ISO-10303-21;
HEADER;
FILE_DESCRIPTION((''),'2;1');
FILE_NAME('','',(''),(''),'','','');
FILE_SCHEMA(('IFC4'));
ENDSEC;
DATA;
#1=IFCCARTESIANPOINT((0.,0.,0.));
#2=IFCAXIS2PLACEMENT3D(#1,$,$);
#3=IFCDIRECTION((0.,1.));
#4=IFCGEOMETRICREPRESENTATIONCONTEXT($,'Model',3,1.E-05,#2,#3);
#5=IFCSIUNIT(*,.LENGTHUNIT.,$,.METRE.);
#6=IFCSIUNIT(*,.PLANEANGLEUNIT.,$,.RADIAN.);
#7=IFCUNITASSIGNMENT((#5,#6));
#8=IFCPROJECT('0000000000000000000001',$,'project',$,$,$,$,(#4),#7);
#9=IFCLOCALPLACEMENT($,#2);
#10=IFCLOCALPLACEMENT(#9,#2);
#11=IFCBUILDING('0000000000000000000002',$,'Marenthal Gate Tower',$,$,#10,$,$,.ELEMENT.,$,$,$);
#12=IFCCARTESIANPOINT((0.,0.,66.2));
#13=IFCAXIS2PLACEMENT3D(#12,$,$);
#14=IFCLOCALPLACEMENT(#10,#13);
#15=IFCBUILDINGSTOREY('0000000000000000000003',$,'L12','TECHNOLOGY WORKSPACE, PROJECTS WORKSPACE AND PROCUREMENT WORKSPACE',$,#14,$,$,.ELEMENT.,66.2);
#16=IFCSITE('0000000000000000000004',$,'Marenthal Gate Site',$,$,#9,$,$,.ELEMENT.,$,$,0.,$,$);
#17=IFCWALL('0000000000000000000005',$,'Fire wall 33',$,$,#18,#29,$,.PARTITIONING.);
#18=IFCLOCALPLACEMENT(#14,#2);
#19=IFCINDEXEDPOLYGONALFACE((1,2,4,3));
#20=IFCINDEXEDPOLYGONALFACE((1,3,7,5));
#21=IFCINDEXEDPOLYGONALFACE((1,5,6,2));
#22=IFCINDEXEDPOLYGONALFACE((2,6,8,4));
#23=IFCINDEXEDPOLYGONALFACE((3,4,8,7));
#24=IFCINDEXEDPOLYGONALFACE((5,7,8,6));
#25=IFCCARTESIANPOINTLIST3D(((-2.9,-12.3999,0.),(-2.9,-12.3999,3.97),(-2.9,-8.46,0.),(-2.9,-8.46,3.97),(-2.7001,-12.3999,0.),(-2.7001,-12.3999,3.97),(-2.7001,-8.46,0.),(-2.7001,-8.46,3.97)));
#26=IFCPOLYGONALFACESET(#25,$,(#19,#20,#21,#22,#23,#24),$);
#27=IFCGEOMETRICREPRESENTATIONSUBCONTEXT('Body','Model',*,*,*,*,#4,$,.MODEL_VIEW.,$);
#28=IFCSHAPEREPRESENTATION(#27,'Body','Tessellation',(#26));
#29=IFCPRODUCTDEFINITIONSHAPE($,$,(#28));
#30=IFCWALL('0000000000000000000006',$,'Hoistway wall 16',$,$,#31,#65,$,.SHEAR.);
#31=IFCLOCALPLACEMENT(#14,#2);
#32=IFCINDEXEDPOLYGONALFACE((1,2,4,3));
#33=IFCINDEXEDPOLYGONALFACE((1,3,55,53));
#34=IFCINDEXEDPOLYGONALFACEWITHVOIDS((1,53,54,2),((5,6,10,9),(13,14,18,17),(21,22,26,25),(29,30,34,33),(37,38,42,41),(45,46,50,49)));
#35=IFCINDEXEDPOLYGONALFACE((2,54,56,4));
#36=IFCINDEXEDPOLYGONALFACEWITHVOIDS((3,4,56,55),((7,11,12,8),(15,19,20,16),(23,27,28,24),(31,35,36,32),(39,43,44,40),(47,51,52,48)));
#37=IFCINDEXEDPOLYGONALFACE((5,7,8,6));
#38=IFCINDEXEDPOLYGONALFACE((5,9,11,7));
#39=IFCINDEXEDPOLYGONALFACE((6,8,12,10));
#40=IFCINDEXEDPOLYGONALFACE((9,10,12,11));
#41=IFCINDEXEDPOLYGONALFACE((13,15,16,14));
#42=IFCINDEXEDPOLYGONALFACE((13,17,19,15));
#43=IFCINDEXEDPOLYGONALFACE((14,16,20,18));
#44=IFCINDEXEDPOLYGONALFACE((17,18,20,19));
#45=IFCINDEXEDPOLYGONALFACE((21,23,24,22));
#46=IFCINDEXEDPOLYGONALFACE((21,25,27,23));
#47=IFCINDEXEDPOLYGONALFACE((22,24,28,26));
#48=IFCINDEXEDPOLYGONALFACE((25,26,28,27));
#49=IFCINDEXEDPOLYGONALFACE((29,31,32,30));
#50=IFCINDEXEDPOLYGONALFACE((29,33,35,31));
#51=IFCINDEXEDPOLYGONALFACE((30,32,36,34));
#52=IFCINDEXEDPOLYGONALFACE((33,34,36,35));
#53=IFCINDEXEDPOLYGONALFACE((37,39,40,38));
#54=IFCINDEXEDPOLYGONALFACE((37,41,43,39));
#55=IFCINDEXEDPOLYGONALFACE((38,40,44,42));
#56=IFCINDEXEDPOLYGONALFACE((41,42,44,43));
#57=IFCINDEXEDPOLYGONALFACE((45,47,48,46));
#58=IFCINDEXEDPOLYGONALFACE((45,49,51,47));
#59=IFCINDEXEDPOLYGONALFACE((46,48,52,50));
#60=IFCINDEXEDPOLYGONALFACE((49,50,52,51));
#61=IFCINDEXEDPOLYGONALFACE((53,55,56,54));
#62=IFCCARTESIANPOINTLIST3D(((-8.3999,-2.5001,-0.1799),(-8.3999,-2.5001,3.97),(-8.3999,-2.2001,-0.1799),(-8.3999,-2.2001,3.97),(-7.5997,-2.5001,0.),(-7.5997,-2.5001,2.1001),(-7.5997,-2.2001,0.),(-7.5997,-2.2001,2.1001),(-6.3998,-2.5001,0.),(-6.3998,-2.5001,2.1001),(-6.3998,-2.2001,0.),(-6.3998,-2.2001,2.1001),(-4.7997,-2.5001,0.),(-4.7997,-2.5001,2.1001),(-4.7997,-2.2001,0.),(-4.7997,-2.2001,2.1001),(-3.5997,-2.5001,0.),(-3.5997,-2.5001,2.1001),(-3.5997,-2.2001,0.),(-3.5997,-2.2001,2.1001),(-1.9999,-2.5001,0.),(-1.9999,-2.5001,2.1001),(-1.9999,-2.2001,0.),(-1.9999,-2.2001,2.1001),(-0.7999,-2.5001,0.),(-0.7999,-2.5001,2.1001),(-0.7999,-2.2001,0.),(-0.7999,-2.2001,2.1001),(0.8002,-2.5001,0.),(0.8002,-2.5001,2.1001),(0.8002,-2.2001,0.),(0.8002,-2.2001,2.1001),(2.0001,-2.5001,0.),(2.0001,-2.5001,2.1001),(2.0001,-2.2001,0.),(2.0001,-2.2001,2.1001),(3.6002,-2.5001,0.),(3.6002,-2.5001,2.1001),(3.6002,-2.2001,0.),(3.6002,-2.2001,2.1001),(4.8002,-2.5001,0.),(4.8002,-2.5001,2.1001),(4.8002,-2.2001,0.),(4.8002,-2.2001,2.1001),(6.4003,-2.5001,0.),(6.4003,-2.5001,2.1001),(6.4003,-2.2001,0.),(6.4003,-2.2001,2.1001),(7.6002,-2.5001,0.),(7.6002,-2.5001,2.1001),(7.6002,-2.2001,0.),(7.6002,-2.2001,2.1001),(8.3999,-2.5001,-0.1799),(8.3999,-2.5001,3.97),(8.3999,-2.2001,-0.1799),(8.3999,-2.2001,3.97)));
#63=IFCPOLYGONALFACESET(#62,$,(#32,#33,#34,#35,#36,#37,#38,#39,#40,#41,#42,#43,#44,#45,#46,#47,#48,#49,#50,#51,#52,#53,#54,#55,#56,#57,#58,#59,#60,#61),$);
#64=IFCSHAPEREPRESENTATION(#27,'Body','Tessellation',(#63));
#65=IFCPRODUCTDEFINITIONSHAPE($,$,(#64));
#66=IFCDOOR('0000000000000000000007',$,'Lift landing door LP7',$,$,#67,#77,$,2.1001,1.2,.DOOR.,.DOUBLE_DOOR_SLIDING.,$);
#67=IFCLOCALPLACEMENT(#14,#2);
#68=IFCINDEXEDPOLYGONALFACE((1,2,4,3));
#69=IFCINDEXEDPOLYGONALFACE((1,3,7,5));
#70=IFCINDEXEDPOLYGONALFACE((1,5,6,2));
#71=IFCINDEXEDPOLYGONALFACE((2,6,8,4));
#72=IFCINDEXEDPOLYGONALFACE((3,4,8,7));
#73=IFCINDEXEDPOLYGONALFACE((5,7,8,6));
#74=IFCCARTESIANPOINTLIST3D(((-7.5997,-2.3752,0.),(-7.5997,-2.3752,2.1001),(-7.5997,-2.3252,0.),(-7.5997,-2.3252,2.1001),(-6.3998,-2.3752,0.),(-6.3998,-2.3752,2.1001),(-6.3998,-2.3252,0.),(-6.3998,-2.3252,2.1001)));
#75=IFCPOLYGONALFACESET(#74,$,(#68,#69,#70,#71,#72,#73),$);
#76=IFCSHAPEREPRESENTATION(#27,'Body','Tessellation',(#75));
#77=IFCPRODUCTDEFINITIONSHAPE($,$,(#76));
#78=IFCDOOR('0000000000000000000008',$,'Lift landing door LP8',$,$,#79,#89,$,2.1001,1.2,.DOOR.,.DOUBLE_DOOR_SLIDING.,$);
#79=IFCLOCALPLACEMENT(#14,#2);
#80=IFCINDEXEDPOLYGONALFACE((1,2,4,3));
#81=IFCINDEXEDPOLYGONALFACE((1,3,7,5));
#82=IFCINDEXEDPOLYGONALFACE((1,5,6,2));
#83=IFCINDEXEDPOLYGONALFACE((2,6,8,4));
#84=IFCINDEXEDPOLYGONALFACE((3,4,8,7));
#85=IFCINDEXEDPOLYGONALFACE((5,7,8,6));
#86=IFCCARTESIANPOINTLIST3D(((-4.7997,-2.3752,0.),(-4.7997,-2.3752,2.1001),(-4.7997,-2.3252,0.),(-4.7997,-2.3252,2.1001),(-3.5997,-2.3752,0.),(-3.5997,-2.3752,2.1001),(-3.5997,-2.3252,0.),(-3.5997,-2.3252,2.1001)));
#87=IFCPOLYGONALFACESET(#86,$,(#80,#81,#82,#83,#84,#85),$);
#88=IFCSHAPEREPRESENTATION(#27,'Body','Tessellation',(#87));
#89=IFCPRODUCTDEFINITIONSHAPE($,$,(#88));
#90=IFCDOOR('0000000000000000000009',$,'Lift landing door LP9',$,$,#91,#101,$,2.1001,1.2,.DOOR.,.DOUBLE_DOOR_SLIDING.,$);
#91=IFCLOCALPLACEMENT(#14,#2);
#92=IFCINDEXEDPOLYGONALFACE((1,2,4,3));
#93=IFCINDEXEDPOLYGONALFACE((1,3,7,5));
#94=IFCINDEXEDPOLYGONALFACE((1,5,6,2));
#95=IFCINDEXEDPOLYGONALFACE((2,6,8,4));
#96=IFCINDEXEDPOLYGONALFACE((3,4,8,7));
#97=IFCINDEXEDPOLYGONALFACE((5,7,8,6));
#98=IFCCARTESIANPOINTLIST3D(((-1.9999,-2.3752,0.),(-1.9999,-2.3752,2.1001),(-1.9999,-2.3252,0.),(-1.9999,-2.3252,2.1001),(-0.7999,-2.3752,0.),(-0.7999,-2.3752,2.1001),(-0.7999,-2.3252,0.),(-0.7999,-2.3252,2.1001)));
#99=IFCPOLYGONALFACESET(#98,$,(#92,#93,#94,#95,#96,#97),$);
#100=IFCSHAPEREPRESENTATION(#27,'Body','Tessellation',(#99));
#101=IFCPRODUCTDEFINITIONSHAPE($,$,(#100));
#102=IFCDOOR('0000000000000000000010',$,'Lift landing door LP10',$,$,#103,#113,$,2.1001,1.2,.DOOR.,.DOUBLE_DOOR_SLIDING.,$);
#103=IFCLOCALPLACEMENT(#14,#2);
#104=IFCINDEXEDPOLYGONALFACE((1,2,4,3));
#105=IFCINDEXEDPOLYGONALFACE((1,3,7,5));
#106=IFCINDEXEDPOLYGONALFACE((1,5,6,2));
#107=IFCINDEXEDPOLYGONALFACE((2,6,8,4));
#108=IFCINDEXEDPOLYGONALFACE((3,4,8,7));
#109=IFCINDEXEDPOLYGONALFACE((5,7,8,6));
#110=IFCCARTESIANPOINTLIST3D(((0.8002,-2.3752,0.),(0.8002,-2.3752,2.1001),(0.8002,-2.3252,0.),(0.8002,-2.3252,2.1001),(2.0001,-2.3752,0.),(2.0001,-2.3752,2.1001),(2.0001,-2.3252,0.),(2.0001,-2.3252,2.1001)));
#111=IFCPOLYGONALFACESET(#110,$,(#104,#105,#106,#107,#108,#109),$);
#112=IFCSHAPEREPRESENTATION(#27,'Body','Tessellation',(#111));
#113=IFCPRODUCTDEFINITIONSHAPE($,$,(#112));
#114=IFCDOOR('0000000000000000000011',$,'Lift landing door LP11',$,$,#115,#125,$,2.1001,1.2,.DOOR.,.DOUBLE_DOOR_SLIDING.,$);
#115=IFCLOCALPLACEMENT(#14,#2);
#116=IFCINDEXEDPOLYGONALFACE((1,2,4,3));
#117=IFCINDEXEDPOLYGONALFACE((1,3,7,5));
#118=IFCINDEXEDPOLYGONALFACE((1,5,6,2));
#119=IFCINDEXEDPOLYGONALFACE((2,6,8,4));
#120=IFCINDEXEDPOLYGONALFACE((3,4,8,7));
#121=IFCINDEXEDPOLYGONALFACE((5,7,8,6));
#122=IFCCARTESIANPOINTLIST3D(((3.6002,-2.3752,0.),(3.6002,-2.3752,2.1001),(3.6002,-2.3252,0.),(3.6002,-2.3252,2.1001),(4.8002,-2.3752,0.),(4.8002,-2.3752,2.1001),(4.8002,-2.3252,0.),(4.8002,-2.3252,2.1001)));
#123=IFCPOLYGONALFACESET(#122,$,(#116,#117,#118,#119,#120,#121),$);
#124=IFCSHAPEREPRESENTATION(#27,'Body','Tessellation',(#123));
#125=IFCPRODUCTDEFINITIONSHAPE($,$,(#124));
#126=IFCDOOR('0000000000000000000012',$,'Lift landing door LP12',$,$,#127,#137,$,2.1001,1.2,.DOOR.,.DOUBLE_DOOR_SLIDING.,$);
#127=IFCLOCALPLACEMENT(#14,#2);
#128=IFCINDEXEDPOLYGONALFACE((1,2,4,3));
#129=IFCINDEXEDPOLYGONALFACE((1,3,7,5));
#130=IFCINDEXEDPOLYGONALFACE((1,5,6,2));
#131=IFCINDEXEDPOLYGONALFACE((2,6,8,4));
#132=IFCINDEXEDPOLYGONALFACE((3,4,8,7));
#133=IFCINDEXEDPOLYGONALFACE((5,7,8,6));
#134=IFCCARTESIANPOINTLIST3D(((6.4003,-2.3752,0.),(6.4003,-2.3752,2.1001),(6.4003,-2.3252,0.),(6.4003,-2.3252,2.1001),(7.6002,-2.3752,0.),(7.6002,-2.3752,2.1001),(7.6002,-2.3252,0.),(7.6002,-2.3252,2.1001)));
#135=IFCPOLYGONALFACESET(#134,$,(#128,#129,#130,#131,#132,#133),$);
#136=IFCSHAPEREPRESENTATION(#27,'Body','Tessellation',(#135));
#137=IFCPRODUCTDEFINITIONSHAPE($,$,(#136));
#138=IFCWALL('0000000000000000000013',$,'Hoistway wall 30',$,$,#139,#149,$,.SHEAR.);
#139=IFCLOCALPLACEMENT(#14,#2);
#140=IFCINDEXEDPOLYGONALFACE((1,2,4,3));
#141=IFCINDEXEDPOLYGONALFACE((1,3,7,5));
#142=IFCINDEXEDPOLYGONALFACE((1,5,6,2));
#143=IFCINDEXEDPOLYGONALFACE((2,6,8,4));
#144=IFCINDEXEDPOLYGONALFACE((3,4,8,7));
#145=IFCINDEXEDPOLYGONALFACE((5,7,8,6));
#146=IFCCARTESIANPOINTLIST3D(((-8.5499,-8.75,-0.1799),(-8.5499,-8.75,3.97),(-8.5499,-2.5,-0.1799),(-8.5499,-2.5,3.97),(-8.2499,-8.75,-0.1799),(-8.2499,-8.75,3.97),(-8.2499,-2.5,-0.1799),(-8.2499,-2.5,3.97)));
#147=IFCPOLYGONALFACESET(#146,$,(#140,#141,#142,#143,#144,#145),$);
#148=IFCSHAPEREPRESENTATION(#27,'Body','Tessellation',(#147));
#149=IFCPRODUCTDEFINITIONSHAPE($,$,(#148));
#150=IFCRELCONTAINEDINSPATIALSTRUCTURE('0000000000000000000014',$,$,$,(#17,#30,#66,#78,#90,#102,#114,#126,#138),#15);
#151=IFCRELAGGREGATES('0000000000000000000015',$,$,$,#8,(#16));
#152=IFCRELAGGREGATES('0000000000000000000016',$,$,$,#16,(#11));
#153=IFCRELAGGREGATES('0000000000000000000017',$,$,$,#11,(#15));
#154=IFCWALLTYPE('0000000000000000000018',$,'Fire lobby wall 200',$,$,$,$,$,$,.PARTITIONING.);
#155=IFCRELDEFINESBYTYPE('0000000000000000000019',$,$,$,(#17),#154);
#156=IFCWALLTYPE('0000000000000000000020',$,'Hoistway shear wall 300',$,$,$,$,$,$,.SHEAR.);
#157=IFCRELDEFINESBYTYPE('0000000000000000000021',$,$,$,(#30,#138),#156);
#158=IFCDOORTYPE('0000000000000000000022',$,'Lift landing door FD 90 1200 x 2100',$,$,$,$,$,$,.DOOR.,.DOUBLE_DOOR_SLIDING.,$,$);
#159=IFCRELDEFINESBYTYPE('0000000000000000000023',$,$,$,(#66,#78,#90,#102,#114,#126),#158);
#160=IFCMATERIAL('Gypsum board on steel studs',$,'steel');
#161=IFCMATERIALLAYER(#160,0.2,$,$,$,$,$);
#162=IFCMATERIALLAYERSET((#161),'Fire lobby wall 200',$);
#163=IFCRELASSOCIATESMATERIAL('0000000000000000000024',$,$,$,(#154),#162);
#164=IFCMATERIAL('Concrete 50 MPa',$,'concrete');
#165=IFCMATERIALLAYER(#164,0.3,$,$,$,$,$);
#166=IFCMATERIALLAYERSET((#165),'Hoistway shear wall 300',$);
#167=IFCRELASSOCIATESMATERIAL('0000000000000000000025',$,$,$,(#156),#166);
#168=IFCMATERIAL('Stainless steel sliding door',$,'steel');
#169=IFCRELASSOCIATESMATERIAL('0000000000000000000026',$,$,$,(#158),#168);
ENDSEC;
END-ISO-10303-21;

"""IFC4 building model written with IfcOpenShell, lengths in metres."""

from ifc_helpers import new_model, si_unit, direction, frame, frame_2d, origin, place, context, subcontext, project, spatial, rectangle, extrude, material, layer, layer_set, type_object, element, fill, save


model = new_model("IFC4")

# Units and contexts
model_context = context("Model", 3, precision=1e-05, world=origin(), true_north=direction((0.0, 1.0)))
body_context = subcontext(model_context, "Body", "Model", "MODEL_VIEW")
ifc_project = project(units=[si_unit("LENGTHUNIT", "METRE"), si_unit("PLANEANGLEUNIT", "RADIAN")], contexts=[model_context])

# Site, building, storey
site_placement = place(None, origin())
site = spatial("IfcSite", under=ifc_project, at=site_placement, Name="Marenthal Gate Site", CompositionType="ELEMENT", RefElevation=0.0)
building_placement = place(site_placement, origin())
building = spatial("IfcBuilding", under=site, at=building_placement, Name="Marenthal Gate Tower", CompositionType="ELEMENT")
storey_placement = place(building_placement, frame((0.0, 0.0, 66.2)))
storey = spatial("IfcBuildingStorey", under=building, at=storey_placement, Name="L12", Description="TECHNOLOGY WORKSPACE, PROJECTS WORKSPACE AND PROCUREMENT WORKSPACE", CompositionType="ELEMENT", Elevation=66.2)

# Wall
ifc_material_1 = material(Name="Gypsum board on steel studs", Category="steel")
ifc_layer_1 = layer(ifc_material_1, 0.2)
ifc_layer_set_1 = layer_set([ifc_layer_1], Name="Fire lobby wall 200")
wall_type_1 = type_object("IfcWallType", Name="Fire lobby wall 200", PredefinedType="PARTITIONING", material=ifc_layer_set_1)
wall_1_placement = place(storey_placement, frame((-2.8, -12.3999, 0.0), z_axis=(0.0, 0.0, 1.0), x_axis=(0.0, 1.0, 0.0)))
element("IfcWall", 1, at=wall_1_placement, inside=storey, type_object=wall_type_1, Name="Fire wall 33", PredefinedType="PARTITIONING", context=body_context, shape_type="SweptSolid", body=[
    extrude(rectangle(XDim=3.9399, YDim=0.2, at=frame_2d((1.97, 0.0))), origin(), (0.0, 0.0, 1.0), 3.97),
])

# Wall, openings, doors
ifc_material_2 = material(Name="Concrete 50 MPa", Category="concrete")
ifc_layer_2 = layer(ifc_material_2, 0.3)
ifc_layer_set_2 = layer_set([ifc_layer_2], Name="Hoistway shear wall 300")
wall_type_2 = type_object("IfcWallType", Name="Hoistway shear wall 300", PredefinedType="SHEAR", material=ifc_layer_set_2)
wall_2_placement = place(storey_placement, frame((-8.3999, -2.3501, -0.1799), z_axis=(0.0, 0.0, 1.0), x_axis=(1.0, 0.0, 0.0)))
wall_2 = element("IfcWall", 2, at=wall_2_placement, inside=storey, type_object=wall_type_2, Name="Hoistway wall 16", PredefinedType="SHEAR", context=body_context, shape_type="SweptSolid", body=[
    extrude(rectangle(XDim=16.7998, YDim=0.3, at=frame_2d((8.3999, 0.0))), origin(), (0.0, 0.0, 1.0), 4.1499),
])
opening_1_placement = place(wall_2_placement, frame((0.8, 0.0, 0.1799)))
opening_1 = element("IfcOpeningElement", 3, at=opening_1_placement, cuts=wall_2, PredefinedType="OPENING", context=body_context, shape_type="SweptSolid", body=[
    extrude(rectangle(XDim=1.2, YDim=2.1001, at=frame_2d((0.6001, 1.05))), frame((0.0, 0.1602, 0.0), z_axis=(0.0, -1.0, 0.0), x_axis=(1.0, 0.0, 0.0)), (0.0, 0.0, 1.0), 0.3201),
])
opening_2_placement = place(wall_2_placement, frame((3.6001, 0.0, 0.1799)))
opening_2 = element("IfcOpeningElement", 4, at=opening_2_placement, cuts=wall_2, PredefinedType="OPENING", context=body_context, shape_type="SweptSolid", body=[
    extrude(rectangle(XDim=1.2, YDim=2.1001, at=frame_2d((0.6001, 1.05))), frame((0.0, 0.1602, 0.0), z_axis=(0.0, -1.0, 0.0), x_axis=(1.0, 0.0, 0.0)), (0.0, 0.0, 1.0), 0.3201),
])
opening_3_placement = place(wall_2_placement, frame((6.3999, 0.0, 0.1799)))
opening_3 = element("IfcOpeningElement", 5, at=opening_3_placement, cuts=wall_2, PredefinedType="OPENING", context=body_context, shape_type="SweptSolid", body=[
    extrude(rectangle(XDim=1.2, YDim=2.1001, at=frame_2d((0.6001, 1.05))), frame((0.0, 0.1602, 0.0), z_axis=(0.0, -1.0, 0.0), x_axis=(1.0, 0.0, 0.0)), (0.0, 0.0, 1.0), 0.3201),
])
opening_4_placement = place(wall_2_placement, frame((9.2, 0.0, 0.1799)))
opening_4 = element("IfcOpeningElement", 6, at=opening_4_placement, cuts=wall_2, PredefinedType="OPENING", context=body_context, shape_type="SweptSolid", body=[
    extrude(rectangle(XDim=1.2, YDim=2.1001, at=frame_2d((0.6001, 1.05))), frame((0.0, 0.1602, 0.0), z_axis=(0.0, -1.0, 0.0), x_axis=(1.0, 0.0, 0.0)), (0.0, 0.0, 1.0), 0.3201),
])
opening_5_placement = place(wall_2_placement, frame((12.0, 0.0, 0.1799)))
opening_5 = element("IfcOpeningElement", 7, at=opening_5_placement, cuts=wall_2, PredefinedType="OPENING", context=body_context, shape_type="SweptSolid", body=[
    extrude(rectangle(XDim=1.2, YDim=2.1001, at=frame_2d((0.6001, 1.05))), frame((0.0, 0.1602, 0.0), z_axis=(0.0, -1.0, 0.0), x_axis=(1.0, 0.0, 0.0)), (0.0, 0.0, 1.0), 0.3201),
])
opening_6_placement = place(wall_2_placement, frame((14.8, 0.0, 0.1799)))
opening_6 = element("IfcOpeningElement", 8, at=opening_6_placement, cuts=wall_2, PredefinedType="OPENING", context=body_context, shape_type="SweptSolid", body=[
    extrude(rectangle(XDim=1.2, YDim=2.1001, at=frame_2d((0.6001, 1.05))), frame((0.0, 0.1602, 0.0), z_axis=(0.0, -1.0, 0.0), x_axis=(1.0, 0.0, 0.0)), (0.0, 0.0, 1.0), 0.3201),
])
ifc_material_3 = material(Name="Stainless steel sliding door", Category="steel")
door_type_1 = type_object("IfcDoorType", Name="Lift landing door FD 90 1200 x 2100", OperationType="DOUBLE_DOOR_SLIDING", PredefinedType="DOOR", material=ifc_material_3)
door_1_placement = place(opening_1_placement, origin())
door_1 = element("IfcDoor", 9, at=door_1_placement, inside=storey, type_object=door_type_1, Name="Lift landing door LP7", OperationType="DOUBLE_DOOR_SLIDING", OverallHeight=2.1001, OverallWidth=1.2, PredefinedType="DOOR", context=body_context, shape_type="SweptSolid", body=[
    extrude(rectangle(XDim=1.2, YDim=2.1001, at=frame_2d((0.6001, 1.05))), frame((0.0, 0.0249, 0.0), z_axis=(0.0, -1.0, 0.0), x_axis=(1.0, 0.0, 0.0)), (0.0, 0.0, 1.0), 0.05),
])
fill(opening_1, door_1)
door_2_placement = place(opening_2_placement, origin())
door_2 = element("IfcDoor", 10, at=door_2_placement, inside=storey, type_object=door_type_1, Name="Lift landing door LP8", OperationType="DOUBLE_DOOR_SLIDING", OverallHeight=2.1001, OverallWidth=1.2, PredefinedType="DOOR", context=body_context, shape_type="SweptSolid", body=[
    extrude(rectangle(XDim=1.2, YDim=2.1001, at=frame_2d((0.6001, 1.05))), frame((0.0, 0.0249, 0.0), z_axis=(0.0, -1.0, 0.0), x_axis=(1.0, 0.0, 0.0)), (0.0, 0.0, 1.0), 0.05),
])
fill(opening_2, door_2)
door_3_placement = place(opening_3_placement, origin())
door_3 = element("IfcDoor", 11, at=door_3_placement, inside=storey, type_object=door_type_1, Name="Lift landing door LP9", OperationType="DOUBLE_DOOR_SLIDING", OverallHeight=2.1001, OverallWidth=1.2, PredefinedType="DOOR", context=body_context, shape_type="SweptSolid", body=[
    extrude(rectangle(XDim=1.2, YDim=2.1001, at=frame_2d((0.6001, 1.05))), frame((0.0, 0.0249, 0.0), z_axis=(0.0, -1.0, 0.0), x_axis=(1.0, 0.0, 0.0)), (0.0, 0.0, 1.0), 0.05),
])
fill(opening_3, door_3)
door_4_placement = place(opening_4_placement, origin())
door_4 = element("IfcDoor", 12, at=door_4_placement, inside=storey, type_object=door_type_1, Name="Lift landing door LP10", OperationType="DOUBLE_DOOR_SLIDING", OverallHeight=2.1001, OverallWidth=1.2, PredefinedType="DOOR", context=body_context, shape_type="SweptSolid", body=[
    extrude(rectangle(XDim=1.2, YDim=2.1001, at=frame_2d((0.6001, 1.05))), frame((0.0, 0.0249, 0.0), z_axis=(0.0, -1.0, 0.0), x_axis=(1.0, 0.0, 0.0)), (0.0, 0.0, 1.0), 0.05),
])
fill(opening_4, door_4)
door_5_placement = place(opening_5_placement, origin())
door_5 = element("IfcDoor", 13, at=door_5_placement, inside=storey, type_object=door_type_1, Name="Lift landing door LP11", OperationType="DOUBLE_DOOR_SLIDING", OverallHeight=2.1001, OverallWidth=1.2, PredefinedType="DOOR", context=body_context, shape_type="SweptSolid", body=[
    extrude(rectangle(XDim=1.2, YDim=2.1001, at=frame_2d((0.6001, 1.05))), frame((0.0, 0.0249, 0.0), z_axis=(0.0, -1.0, 0.0), x_axis=(1.0, 0.0, 0.0)), (0.0, 0.0, 1.0), 0.05),
])
fill(opening_5, door_5)
door_6_placement = place(opening_6_placement, origin())
door_6 = element("IfcDoor", 14, at=door_6_placement, inside=storey, type_object=door_type_1, Name="Lift landing door LP12", OperationType="DOUBLE_DOOR_SLIDING", OverallHeight=2.1001, OverallWidth=1.2, PredefinedType="DOOR", context=body_context, shape_type="SweptSolid", body=[
    extrude(rectangle(XDim=1.2, YDim=2.1001, at=frame_2d((0.6001, 1.05))), frame((0.0, 0.0249, 0.0), z_axis=(0.0, -1.0, 0.0), x_axis=(1.0, 0.0, 0.0)), (0.0, 0.0, 1.0), 0.05),
])
fill(opening_6, door_6)

# Wall
wall_3_placement = place(storey_placement, frame((-8.3999, -8.75, -0.1799), z_axis=(0.0, 0.0, 1.0), x_axis=(0.0, 1.0, 0.0)))
element("IfcWall", 15, at=wall_3_placement, inside=storey, type_object=wall_type_2, Name="Hoistway wall 30", PredefinedType="SHEAR", context=body_context, shape_type="SweptSolid", body=[
    extrude(rectangle(XDim=6.25, YDim=0.3, at=frame_2d((3.125, 0.0))), origin(), (0.0, 0.0, 1.0), 4.1499),
])

save(model, "model.ifc")
